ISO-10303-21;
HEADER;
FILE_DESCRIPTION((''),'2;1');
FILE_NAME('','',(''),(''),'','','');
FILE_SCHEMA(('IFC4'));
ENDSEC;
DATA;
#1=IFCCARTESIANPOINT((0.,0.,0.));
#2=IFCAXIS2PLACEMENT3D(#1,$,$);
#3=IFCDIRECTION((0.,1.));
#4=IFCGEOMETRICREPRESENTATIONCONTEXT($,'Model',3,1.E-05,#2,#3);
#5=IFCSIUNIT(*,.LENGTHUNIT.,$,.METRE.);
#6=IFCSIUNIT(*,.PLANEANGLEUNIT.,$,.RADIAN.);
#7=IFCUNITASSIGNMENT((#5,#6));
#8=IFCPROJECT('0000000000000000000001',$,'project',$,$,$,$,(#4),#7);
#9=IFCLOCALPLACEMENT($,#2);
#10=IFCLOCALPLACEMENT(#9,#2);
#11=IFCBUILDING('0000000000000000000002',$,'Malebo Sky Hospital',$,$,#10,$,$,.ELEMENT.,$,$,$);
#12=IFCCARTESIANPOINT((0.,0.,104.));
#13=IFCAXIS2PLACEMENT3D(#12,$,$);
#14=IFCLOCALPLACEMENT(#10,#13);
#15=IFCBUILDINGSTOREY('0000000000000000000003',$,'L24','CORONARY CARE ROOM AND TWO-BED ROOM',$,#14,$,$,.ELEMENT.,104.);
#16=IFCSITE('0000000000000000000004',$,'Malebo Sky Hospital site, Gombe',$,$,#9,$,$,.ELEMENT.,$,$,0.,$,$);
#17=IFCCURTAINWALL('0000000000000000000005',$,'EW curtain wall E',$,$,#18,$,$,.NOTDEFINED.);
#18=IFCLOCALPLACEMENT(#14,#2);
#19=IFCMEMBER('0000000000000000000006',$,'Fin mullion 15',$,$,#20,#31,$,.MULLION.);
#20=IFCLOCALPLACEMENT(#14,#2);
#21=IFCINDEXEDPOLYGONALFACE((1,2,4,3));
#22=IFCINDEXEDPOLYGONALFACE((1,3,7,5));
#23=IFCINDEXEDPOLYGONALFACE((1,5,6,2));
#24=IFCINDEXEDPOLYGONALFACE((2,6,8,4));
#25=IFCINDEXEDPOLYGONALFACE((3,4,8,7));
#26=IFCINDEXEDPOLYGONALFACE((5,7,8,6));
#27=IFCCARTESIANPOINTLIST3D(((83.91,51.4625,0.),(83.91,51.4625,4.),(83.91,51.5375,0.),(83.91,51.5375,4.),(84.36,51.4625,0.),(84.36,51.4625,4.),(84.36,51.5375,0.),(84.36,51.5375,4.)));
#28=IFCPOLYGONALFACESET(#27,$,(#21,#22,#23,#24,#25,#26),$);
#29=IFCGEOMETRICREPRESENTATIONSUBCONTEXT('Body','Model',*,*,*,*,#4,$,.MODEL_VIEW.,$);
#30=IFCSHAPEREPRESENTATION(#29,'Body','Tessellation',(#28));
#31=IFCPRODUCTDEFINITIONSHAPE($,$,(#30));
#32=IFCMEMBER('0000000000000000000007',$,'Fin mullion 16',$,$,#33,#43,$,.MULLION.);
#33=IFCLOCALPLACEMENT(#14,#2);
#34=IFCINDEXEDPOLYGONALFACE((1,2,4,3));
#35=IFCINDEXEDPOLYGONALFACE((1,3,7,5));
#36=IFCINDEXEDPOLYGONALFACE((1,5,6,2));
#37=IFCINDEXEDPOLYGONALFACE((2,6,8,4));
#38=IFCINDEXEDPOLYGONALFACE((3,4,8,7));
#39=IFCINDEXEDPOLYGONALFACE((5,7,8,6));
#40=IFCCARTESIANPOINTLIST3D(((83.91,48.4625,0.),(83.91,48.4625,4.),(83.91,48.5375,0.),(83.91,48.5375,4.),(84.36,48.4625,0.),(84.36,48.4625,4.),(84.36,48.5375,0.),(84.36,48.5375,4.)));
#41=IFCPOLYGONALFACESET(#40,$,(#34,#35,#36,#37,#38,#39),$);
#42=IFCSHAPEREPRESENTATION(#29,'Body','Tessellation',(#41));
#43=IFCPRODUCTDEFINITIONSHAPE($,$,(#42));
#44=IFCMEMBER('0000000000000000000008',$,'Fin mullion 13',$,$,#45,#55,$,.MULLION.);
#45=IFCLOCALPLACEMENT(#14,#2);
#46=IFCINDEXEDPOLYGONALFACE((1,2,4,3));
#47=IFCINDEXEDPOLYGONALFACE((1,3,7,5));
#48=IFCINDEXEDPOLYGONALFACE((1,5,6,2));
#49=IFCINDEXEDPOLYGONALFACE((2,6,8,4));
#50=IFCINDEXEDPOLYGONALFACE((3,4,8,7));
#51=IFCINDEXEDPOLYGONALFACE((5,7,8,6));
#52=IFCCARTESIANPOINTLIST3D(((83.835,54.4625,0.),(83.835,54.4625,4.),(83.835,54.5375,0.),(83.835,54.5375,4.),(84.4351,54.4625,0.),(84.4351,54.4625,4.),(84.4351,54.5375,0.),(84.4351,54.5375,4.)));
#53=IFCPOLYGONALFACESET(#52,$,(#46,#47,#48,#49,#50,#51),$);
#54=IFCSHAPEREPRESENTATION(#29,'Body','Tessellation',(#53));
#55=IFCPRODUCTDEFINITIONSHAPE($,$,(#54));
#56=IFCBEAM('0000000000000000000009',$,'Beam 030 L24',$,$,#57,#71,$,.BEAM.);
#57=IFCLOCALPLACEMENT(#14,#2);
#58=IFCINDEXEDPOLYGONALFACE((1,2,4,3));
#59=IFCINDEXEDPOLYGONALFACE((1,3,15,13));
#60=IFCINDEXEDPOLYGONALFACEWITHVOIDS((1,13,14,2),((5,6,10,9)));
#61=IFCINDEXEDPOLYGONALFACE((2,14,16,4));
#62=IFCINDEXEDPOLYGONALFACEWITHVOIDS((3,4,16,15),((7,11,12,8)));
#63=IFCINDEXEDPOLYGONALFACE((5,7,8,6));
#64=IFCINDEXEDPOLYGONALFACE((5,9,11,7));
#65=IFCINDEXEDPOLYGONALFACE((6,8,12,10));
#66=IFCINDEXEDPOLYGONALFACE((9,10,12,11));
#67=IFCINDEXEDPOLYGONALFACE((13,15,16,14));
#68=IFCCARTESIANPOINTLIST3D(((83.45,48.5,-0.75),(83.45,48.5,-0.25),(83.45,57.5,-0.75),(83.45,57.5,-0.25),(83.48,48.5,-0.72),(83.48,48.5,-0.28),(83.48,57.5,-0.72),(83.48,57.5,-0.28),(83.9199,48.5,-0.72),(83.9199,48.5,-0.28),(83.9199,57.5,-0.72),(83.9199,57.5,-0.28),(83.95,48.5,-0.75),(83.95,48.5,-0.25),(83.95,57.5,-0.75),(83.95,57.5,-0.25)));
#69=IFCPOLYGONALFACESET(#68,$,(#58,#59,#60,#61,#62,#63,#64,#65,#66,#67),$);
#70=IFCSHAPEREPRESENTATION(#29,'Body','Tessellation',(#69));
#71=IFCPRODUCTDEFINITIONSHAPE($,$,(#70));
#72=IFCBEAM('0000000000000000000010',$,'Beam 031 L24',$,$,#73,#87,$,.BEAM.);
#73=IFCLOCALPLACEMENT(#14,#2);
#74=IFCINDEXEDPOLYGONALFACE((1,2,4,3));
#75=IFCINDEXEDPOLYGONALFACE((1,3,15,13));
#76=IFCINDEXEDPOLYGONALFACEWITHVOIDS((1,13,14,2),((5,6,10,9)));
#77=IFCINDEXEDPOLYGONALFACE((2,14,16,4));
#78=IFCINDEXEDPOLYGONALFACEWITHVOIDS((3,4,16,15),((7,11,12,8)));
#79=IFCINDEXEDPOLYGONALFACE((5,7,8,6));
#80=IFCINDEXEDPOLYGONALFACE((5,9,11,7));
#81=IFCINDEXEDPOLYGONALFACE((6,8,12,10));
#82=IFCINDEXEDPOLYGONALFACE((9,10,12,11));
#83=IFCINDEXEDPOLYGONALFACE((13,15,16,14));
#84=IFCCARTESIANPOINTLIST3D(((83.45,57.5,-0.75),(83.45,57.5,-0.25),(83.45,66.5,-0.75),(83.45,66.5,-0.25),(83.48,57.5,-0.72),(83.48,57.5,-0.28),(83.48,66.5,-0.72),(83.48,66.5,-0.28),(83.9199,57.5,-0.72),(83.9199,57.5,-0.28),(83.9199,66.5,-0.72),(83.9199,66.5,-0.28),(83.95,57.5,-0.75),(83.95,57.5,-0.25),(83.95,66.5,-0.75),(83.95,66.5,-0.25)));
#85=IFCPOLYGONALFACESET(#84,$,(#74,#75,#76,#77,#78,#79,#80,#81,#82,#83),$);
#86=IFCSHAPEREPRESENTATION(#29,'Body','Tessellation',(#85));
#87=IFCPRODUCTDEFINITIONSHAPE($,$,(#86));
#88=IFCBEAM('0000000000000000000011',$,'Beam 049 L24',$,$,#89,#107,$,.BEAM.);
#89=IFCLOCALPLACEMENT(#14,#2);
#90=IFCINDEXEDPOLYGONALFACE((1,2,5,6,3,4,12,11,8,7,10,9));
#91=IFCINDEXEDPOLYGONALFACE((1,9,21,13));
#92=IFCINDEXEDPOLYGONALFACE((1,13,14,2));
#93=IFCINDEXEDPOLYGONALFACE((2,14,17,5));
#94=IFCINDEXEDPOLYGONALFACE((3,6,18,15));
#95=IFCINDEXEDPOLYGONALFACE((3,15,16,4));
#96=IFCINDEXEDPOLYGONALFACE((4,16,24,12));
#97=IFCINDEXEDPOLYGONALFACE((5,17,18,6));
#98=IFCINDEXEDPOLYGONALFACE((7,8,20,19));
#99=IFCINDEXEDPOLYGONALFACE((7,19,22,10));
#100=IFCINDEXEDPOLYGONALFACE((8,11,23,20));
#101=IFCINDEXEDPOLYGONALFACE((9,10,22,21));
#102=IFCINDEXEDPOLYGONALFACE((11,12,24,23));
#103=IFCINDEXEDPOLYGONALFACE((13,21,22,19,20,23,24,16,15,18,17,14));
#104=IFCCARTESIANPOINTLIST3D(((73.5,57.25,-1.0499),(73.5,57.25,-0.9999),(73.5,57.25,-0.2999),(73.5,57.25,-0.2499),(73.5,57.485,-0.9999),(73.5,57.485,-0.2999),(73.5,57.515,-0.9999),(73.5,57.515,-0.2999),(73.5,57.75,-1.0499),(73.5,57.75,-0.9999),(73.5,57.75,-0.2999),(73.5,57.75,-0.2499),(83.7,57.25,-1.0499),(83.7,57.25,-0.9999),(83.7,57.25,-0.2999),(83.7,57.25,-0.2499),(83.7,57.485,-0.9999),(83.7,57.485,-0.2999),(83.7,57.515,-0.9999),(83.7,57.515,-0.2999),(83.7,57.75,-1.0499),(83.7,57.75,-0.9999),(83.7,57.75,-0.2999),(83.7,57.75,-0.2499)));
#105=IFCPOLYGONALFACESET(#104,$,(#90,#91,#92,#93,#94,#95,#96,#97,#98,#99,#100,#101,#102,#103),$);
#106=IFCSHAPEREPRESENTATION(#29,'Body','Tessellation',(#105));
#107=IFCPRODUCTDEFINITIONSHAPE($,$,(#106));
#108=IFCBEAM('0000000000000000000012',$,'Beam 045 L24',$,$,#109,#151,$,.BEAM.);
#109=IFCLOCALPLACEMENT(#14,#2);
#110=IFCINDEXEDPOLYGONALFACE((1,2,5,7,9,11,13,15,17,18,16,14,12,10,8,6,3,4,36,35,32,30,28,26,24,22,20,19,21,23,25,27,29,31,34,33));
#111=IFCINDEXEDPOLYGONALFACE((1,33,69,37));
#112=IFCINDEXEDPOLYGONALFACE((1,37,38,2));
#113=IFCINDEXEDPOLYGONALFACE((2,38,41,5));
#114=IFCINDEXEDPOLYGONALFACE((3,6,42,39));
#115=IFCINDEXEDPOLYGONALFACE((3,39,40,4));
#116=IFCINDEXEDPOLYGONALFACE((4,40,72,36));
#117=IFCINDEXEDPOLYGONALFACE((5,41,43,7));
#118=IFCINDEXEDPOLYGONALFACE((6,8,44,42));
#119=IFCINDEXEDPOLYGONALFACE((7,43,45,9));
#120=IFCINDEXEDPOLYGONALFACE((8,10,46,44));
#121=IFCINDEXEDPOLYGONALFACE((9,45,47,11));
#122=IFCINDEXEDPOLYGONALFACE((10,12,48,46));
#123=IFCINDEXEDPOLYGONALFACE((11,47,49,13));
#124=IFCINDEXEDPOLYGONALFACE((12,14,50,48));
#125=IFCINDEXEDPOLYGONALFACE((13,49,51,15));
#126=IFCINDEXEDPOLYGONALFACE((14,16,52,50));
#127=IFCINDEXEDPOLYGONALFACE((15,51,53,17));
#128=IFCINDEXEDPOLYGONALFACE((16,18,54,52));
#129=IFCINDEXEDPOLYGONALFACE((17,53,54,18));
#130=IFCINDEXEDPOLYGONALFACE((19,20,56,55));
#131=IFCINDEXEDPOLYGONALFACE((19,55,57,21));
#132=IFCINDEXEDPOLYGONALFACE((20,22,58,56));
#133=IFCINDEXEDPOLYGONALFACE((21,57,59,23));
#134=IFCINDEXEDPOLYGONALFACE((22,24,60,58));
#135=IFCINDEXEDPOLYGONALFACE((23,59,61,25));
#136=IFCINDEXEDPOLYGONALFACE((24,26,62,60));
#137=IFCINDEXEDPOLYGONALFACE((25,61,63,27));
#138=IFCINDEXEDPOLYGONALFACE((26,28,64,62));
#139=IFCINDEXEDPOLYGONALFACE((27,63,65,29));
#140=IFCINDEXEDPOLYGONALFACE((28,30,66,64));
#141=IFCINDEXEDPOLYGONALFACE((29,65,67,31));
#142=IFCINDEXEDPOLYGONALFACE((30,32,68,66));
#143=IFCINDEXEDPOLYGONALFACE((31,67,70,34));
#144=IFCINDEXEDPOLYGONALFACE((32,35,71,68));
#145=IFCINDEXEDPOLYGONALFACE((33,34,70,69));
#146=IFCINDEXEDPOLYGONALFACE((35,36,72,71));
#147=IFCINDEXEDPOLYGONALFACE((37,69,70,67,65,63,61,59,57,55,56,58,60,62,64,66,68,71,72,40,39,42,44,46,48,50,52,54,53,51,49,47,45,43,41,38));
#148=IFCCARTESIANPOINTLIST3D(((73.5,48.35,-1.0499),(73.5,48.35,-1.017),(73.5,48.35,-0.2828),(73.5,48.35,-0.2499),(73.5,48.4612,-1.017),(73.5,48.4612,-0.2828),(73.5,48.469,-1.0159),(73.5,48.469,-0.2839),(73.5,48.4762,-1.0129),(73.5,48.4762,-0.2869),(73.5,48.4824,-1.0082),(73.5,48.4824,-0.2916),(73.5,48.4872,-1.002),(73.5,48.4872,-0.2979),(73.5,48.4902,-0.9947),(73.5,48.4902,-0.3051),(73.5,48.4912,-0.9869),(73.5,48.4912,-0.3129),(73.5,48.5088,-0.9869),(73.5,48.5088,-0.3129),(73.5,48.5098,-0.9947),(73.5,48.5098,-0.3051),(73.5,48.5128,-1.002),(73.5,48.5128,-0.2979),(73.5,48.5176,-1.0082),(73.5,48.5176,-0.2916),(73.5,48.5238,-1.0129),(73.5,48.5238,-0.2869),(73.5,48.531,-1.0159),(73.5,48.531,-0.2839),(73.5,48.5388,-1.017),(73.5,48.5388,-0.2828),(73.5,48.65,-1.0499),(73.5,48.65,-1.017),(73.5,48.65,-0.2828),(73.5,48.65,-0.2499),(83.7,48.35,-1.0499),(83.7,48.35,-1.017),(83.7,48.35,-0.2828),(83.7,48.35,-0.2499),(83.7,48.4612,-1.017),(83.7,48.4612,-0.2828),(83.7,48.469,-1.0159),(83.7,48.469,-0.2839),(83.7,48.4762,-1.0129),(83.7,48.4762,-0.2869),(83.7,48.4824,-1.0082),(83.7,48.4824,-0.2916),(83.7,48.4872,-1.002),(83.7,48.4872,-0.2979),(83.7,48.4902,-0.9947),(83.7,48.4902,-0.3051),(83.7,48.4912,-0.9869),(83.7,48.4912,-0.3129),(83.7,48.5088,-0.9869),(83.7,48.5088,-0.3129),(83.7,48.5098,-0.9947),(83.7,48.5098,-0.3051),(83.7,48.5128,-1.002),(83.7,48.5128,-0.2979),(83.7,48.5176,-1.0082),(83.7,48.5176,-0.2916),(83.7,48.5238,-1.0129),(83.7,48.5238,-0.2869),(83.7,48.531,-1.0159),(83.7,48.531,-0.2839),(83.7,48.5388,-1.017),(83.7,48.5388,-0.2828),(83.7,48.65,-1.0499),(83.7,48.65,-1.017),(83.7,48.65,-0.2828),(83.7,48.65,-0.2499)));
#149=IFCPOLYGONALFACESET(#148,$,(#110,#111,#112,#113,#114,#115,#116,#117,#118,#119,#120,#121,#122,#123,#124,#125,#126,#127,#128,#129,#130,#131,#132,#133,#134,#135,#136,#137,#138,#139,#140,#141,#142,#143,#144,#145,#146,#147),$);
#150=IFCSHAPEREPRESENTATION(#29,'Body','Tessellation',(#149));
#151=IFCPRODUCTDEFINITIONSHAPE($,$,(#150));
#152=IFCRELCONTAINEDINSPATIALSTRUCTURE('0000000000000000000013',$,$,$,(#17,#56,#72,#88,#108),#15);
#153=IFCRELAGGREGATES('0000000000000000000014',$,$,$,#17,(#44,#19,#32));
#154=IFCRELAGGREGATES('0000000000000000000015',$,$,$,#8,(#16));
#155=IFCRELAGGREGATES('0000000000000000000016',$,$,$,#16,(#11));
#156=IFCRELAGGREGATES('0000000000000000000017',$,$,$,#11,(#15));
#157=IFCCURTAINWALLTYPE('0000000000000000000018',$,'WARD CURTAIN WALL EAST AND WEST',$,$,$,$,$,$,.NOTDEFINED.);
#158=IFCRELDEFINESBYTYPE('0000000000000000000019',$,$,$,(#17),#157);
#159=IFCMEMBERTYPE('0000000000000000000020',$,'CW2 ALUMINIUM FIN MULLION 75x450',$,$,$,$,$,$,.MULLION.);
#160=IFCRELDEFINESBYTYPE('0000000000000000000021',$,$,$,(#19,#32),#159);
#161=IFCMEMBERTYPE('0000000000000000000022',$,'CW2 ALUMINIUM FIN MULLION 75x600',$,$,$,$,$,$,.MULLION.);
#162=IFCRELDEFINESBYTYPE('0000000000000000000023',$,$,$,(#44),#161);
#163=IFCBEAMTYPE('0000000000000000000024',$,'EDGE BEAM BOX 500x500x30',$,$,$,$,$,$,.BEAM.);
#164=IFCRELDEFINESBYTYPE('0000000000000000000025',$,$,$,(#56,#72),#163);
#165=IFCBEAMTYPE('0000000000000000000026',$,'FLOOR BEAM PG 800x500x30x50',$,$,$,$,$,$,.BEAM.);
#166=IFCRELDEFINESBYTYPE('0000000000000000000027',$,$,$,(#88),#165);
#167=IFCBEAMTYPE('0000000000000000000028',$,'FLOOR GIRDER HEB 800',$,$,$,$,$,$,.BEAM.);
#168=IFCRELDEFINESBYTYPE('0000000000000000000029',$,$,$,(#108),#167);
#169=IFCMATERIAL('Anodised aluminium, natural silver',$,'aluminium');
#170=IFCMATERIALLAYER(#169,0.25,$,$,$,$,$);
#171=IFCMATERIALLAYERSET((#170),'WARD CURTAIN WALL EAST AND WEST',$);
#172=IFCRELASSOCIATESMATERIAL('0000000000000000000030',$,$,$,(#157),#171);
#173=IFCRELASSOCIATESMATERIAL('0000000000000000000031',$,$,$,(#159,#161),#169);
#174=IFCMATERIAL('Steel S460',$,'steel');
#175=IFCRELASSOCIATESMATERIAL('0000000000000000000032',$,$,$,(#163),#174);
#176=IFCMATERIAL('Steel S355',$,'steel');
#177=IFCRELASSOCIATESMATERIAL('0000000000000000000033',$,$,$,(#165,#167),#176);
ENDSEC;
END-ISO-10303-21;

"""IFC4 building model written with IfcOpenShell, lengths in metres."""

from ifc_helpers import new_model, si_unit, direction, frame, origin, origin_2d, place, context, subcontext, project, spatial, rectangle, hollow_rectangle, i_section, extrude, material, layer, layer_set, material_profile, profile_set, type_object, element, aggregate, save


model = new_model("IFC4")

# Units and contexts
model_context = context("Model", 3, precision=1e-05, world=origin(), true_north=direction((0.0, 1.0)))
body_context = subcontext(model_context, "Body", "Model", "MODEL_VIEW")
ifc_project = project(units=[si_unit("LENGTHUNIT", "METRE"), si_unit("PLANEANGLEUNIT", "RADIAN")], contexts=[model_context])

# Site, building, storey
site_placement = place(None, origin())
site = spatial("IfcSite", under=ifc_project, at=site_placement, Name="Malebo Sky Hospital site, Gombe", CompositionType="ELEMENT", RefElevation=0.0)
building_placement = place(site_placement, origin())
building = spatial("IfcBuilding", under=site, at=building_placement, Name="Malebo Sky Hospital", CompositionType="ELEMENT")
storey_placement = place(building_placement, frame((0.0, 0.0, 104.0)))
storey = spatial("IfcBuildingStorey", under=building, at=storey_placement, Name="L24", Description="CORONARY CARE ROOM AND TWO-BED ROOM", CompositionType="ELEMENT", Elevation=104.0)

# Shared definitions
ifc_material_1 = material(Name="Steel S460", Category="steel")

# Curtain wall, members
ifc_material_2 = material(Name="Anodised aluminium, natural silver", Category="aluminium")
ifc_layer_1 = layer(ifc_material_2, 0.25)
ifc_layer_set_1 = layer_set([ifc_layer_1], Name="WARD CURTAIN WALL EAST AND WEST")
curtain_wall_type = type_object("IfcCurtainWallType", Name="WARD CURTAIN WALL EAST AND WEST", PredefinedType="NOTDEFINED", material=ifc_layer_set_1)
curtain_wall_placement = place(storey_placement, origin())
curtain_wall = element("IfcCurtainWall", 1, at=curtain_wall_placement, inside=storey, type_object=curtain_wall_type, Name="EW curtain wall E", PredefinedType="NOTDEFINED")
ifc_material_profile_1 = material_profile(ifc_material_2, rectangle(XDim=0.075, YDim=0.45, at=origin_2d()), Name="CW2 ALUMINIUM FIN MULLION 75x450")
ifc_profile_set_1 = profile_set([ifc_material_profile_1], Name="Anodised aluminium, natural silver")
member_type_1 = type_object("IfcMemberType", Name="CW2 ALUMINIUM FIN MULLION 75x450", PredefinedType="MULLION", material=ifc_profile_set_1)
member_1_placement = place(storey_placement, frame((84.135, 51.5, 0.0), z_axis=(0.0, 0.0, 1.0), x_axis=(0.0, -1.0, 0.0)))
member_1 = element("IfcMember", 2, at=member_1_placement, type_object=member_type_1, Name="Fin mullion 15", PredefinedType="MULLION", context=body_context, shape_type="SweptSolid", body=[
    extrude(rectangle(XDim=0.075, YDim=0.45, at=origin_2d()), origin(), (0.0, 0.0, 1.0), 4.0),
])
member_2_placement = place(storey_placement, frame((84.135, 48.5, 0.0), z_axis=(0.0, 0.0, 1.0), x_axis=(0.0, -1.0, 0.0)))
member_2 = element("IfcMember", 3, at=member_2_placement, type_object=member_type_1, Name="Fin mullion 16", PredefinedType="MULLION", context=body_context, shape_type="SweptSolid", body=[
    extrude(rectangle(XDim=0.075, YDim=0.45, at=origin_2d()), origin(), (0.0, 0.0, 1.0), 4.0),
])
ifc_material_profile_2 = material_profile(ifc_material_2, rectangle(XDim=0.075, YDim=0.6001, at=origin_2d()), Name="CW2 ALUMINIUM FIN MULLION 75x600")
ifc_profile_set_2 = profile_set([ifc_material_profile_2], Name="Anodised aluminium, natural silver")
member_type_2 = type_object("IfcMemberType", Name="CW2 ALUMINIUM FIN MULLION 75x600", PredefinedType="MULLION", material=ifc_profile_set_2)
member_3_placement = place(storey_placement, frame((84.135, 54.5, 0.0), z_axis=(0.0, 0.0, 1.0), x_axis=(0.0, -1.0, 0.0)))
member_3 = element("IfcMember", 4, at=member_3_placement, type_object=member_type_2, Name="Fin mullion 13", PredefinedType="MULLION", context=body_context, shape_type="SweptSolid", body=[
    extrude(rectangle(XDim=0.075, YDim=0.6001, at=origin_2d()), origin(), (0.0, 0.0, 1.0), 4.0),
])

# Beams
ifc_material_profile_3 = material_profile(ifc_material_1, hollow_rectangle(XDim=0.5, YDim=0.5, WallThickness=0.03, at=origin_2d()), Name="BOX 500x500x30")
ifc_profile_set_3 = profile_set([ifc_material_profile_3], Name="Steel S460")
beam_type_1 = type_object("IfcBeamType", Name="EDGE BEAM BOX 500x500x30", PredefinedType="BEAM", material=ifc_profile_set_3)
for number, where, z_axis, x_axis, name in (
    (5, (83.7, 48.5, -0.5), (0.0, 1.0, 0.0), (-1.0, 0.0, 0.0), "Beam 030 L24"),
    (6, (83.7, 57.5, -0.5), (0.0, 1.0, 0.0), (-1.0, 0.0, 0.0), "Beam 031 L24"),
):
    element("IfcBeam", number, at=place(storey_placement, frame(where, z_axis=z_axis, x_axis=x_axis)), inside=storey, type_object=beam_type_1, Name=name, PredefinedType="BEAM", context=body_context, shape_type="SweptSolid", body=[
        extrude(hollow_rectangle(XDim=0.5, YDim=0.5, WallThickness=0.03, at=origin_2d()), origin(), (0.0, 0.0, 1.0), 9.0),
    ])
ifc_material_3 = material(Name="Steel S355", Category="steel")
ifc_material_profile_4 = material_profile(ifc_material_3, i_section(OverallWidth=0.5, OverallDepth=0.8, WebThickness=0.03, FlangeThickness=0.05, at=origin_2d()), Name="PG 800x500x30x50")
ifc_profile_set_4 = profile_set([ifc_material_profile_4], Name="Steel S355")
beam_type_2 = type_object("IfcBeamType", Name="FLOOR BEAM PG 800x500x30x50", PredefinedType="BEAM", material=ifc_profile_set_4)
beam_1_placement = place(storey_placement, frame((73.5, 57.5, -0.6499), z_axis=(1.0, 0.0, 0.0), x_axis=(0.0, 1.0, 0.0)))
element("IfcBeam", 7, at=beam_1_placement, inside=storey, type_object=beam_type_2, Name="Beam 049 L24", PredefinedType="BEAM", context=body_context, shape_type="SweptSolid", body=[
    extrude(i_section(OverallWidth=0.5, OverallDepth=0.8, WebThickness=0.03, FlangeThickness=0.05, at=origin_2d()), origin(), (0.0, 0.0, 1.0), 10.2),
])
ifc_material_profile_5 = material_profile(ifc_material_3, i_section(OverallWidth=0.3, OverallDepth=0.8, WebThickness=0.0176, FlangeThickness=0.033, FilletRadius=0.03, at=origin_2d()), Name="HEB 800")
ifc_profile_set_5 = profile_set([ifc_material_profile_5], Name="Steel S355")
beam_type_3 = type_object("IfcBeamType", Name="FLOOR GIRDER HEB 800", PredefinedType="BEAM", material=ifc_profile_set_5)
beam_2_placement = place(storey_placement, frame((73.5, 48.5, -0.6499), z_axis=(1.0, 0.0, 0.0), x_axis=(0.0, 1.0, 0.0)))
element("IfcBeam", 8, at=beam_2_placement, inside=storey, type_object=beam_type_3, Name="Beam 045 L24", PredefinedType="BEAM", context=body_context, shape_type="SweptSolid", body=[
    extrude(i_section(OverallWidth=0.3, OverallDepth=0.8, WebThickness=0.0176, FlangeThickness=0.033, FilletRadius=0.03, at=origin_2d()), origin(), (0.0, 0.0, 1.0), 10.2),
])

aggregate(curtain_wall, [member_3, member_1, member_2])

save(model, "model.ifc")
